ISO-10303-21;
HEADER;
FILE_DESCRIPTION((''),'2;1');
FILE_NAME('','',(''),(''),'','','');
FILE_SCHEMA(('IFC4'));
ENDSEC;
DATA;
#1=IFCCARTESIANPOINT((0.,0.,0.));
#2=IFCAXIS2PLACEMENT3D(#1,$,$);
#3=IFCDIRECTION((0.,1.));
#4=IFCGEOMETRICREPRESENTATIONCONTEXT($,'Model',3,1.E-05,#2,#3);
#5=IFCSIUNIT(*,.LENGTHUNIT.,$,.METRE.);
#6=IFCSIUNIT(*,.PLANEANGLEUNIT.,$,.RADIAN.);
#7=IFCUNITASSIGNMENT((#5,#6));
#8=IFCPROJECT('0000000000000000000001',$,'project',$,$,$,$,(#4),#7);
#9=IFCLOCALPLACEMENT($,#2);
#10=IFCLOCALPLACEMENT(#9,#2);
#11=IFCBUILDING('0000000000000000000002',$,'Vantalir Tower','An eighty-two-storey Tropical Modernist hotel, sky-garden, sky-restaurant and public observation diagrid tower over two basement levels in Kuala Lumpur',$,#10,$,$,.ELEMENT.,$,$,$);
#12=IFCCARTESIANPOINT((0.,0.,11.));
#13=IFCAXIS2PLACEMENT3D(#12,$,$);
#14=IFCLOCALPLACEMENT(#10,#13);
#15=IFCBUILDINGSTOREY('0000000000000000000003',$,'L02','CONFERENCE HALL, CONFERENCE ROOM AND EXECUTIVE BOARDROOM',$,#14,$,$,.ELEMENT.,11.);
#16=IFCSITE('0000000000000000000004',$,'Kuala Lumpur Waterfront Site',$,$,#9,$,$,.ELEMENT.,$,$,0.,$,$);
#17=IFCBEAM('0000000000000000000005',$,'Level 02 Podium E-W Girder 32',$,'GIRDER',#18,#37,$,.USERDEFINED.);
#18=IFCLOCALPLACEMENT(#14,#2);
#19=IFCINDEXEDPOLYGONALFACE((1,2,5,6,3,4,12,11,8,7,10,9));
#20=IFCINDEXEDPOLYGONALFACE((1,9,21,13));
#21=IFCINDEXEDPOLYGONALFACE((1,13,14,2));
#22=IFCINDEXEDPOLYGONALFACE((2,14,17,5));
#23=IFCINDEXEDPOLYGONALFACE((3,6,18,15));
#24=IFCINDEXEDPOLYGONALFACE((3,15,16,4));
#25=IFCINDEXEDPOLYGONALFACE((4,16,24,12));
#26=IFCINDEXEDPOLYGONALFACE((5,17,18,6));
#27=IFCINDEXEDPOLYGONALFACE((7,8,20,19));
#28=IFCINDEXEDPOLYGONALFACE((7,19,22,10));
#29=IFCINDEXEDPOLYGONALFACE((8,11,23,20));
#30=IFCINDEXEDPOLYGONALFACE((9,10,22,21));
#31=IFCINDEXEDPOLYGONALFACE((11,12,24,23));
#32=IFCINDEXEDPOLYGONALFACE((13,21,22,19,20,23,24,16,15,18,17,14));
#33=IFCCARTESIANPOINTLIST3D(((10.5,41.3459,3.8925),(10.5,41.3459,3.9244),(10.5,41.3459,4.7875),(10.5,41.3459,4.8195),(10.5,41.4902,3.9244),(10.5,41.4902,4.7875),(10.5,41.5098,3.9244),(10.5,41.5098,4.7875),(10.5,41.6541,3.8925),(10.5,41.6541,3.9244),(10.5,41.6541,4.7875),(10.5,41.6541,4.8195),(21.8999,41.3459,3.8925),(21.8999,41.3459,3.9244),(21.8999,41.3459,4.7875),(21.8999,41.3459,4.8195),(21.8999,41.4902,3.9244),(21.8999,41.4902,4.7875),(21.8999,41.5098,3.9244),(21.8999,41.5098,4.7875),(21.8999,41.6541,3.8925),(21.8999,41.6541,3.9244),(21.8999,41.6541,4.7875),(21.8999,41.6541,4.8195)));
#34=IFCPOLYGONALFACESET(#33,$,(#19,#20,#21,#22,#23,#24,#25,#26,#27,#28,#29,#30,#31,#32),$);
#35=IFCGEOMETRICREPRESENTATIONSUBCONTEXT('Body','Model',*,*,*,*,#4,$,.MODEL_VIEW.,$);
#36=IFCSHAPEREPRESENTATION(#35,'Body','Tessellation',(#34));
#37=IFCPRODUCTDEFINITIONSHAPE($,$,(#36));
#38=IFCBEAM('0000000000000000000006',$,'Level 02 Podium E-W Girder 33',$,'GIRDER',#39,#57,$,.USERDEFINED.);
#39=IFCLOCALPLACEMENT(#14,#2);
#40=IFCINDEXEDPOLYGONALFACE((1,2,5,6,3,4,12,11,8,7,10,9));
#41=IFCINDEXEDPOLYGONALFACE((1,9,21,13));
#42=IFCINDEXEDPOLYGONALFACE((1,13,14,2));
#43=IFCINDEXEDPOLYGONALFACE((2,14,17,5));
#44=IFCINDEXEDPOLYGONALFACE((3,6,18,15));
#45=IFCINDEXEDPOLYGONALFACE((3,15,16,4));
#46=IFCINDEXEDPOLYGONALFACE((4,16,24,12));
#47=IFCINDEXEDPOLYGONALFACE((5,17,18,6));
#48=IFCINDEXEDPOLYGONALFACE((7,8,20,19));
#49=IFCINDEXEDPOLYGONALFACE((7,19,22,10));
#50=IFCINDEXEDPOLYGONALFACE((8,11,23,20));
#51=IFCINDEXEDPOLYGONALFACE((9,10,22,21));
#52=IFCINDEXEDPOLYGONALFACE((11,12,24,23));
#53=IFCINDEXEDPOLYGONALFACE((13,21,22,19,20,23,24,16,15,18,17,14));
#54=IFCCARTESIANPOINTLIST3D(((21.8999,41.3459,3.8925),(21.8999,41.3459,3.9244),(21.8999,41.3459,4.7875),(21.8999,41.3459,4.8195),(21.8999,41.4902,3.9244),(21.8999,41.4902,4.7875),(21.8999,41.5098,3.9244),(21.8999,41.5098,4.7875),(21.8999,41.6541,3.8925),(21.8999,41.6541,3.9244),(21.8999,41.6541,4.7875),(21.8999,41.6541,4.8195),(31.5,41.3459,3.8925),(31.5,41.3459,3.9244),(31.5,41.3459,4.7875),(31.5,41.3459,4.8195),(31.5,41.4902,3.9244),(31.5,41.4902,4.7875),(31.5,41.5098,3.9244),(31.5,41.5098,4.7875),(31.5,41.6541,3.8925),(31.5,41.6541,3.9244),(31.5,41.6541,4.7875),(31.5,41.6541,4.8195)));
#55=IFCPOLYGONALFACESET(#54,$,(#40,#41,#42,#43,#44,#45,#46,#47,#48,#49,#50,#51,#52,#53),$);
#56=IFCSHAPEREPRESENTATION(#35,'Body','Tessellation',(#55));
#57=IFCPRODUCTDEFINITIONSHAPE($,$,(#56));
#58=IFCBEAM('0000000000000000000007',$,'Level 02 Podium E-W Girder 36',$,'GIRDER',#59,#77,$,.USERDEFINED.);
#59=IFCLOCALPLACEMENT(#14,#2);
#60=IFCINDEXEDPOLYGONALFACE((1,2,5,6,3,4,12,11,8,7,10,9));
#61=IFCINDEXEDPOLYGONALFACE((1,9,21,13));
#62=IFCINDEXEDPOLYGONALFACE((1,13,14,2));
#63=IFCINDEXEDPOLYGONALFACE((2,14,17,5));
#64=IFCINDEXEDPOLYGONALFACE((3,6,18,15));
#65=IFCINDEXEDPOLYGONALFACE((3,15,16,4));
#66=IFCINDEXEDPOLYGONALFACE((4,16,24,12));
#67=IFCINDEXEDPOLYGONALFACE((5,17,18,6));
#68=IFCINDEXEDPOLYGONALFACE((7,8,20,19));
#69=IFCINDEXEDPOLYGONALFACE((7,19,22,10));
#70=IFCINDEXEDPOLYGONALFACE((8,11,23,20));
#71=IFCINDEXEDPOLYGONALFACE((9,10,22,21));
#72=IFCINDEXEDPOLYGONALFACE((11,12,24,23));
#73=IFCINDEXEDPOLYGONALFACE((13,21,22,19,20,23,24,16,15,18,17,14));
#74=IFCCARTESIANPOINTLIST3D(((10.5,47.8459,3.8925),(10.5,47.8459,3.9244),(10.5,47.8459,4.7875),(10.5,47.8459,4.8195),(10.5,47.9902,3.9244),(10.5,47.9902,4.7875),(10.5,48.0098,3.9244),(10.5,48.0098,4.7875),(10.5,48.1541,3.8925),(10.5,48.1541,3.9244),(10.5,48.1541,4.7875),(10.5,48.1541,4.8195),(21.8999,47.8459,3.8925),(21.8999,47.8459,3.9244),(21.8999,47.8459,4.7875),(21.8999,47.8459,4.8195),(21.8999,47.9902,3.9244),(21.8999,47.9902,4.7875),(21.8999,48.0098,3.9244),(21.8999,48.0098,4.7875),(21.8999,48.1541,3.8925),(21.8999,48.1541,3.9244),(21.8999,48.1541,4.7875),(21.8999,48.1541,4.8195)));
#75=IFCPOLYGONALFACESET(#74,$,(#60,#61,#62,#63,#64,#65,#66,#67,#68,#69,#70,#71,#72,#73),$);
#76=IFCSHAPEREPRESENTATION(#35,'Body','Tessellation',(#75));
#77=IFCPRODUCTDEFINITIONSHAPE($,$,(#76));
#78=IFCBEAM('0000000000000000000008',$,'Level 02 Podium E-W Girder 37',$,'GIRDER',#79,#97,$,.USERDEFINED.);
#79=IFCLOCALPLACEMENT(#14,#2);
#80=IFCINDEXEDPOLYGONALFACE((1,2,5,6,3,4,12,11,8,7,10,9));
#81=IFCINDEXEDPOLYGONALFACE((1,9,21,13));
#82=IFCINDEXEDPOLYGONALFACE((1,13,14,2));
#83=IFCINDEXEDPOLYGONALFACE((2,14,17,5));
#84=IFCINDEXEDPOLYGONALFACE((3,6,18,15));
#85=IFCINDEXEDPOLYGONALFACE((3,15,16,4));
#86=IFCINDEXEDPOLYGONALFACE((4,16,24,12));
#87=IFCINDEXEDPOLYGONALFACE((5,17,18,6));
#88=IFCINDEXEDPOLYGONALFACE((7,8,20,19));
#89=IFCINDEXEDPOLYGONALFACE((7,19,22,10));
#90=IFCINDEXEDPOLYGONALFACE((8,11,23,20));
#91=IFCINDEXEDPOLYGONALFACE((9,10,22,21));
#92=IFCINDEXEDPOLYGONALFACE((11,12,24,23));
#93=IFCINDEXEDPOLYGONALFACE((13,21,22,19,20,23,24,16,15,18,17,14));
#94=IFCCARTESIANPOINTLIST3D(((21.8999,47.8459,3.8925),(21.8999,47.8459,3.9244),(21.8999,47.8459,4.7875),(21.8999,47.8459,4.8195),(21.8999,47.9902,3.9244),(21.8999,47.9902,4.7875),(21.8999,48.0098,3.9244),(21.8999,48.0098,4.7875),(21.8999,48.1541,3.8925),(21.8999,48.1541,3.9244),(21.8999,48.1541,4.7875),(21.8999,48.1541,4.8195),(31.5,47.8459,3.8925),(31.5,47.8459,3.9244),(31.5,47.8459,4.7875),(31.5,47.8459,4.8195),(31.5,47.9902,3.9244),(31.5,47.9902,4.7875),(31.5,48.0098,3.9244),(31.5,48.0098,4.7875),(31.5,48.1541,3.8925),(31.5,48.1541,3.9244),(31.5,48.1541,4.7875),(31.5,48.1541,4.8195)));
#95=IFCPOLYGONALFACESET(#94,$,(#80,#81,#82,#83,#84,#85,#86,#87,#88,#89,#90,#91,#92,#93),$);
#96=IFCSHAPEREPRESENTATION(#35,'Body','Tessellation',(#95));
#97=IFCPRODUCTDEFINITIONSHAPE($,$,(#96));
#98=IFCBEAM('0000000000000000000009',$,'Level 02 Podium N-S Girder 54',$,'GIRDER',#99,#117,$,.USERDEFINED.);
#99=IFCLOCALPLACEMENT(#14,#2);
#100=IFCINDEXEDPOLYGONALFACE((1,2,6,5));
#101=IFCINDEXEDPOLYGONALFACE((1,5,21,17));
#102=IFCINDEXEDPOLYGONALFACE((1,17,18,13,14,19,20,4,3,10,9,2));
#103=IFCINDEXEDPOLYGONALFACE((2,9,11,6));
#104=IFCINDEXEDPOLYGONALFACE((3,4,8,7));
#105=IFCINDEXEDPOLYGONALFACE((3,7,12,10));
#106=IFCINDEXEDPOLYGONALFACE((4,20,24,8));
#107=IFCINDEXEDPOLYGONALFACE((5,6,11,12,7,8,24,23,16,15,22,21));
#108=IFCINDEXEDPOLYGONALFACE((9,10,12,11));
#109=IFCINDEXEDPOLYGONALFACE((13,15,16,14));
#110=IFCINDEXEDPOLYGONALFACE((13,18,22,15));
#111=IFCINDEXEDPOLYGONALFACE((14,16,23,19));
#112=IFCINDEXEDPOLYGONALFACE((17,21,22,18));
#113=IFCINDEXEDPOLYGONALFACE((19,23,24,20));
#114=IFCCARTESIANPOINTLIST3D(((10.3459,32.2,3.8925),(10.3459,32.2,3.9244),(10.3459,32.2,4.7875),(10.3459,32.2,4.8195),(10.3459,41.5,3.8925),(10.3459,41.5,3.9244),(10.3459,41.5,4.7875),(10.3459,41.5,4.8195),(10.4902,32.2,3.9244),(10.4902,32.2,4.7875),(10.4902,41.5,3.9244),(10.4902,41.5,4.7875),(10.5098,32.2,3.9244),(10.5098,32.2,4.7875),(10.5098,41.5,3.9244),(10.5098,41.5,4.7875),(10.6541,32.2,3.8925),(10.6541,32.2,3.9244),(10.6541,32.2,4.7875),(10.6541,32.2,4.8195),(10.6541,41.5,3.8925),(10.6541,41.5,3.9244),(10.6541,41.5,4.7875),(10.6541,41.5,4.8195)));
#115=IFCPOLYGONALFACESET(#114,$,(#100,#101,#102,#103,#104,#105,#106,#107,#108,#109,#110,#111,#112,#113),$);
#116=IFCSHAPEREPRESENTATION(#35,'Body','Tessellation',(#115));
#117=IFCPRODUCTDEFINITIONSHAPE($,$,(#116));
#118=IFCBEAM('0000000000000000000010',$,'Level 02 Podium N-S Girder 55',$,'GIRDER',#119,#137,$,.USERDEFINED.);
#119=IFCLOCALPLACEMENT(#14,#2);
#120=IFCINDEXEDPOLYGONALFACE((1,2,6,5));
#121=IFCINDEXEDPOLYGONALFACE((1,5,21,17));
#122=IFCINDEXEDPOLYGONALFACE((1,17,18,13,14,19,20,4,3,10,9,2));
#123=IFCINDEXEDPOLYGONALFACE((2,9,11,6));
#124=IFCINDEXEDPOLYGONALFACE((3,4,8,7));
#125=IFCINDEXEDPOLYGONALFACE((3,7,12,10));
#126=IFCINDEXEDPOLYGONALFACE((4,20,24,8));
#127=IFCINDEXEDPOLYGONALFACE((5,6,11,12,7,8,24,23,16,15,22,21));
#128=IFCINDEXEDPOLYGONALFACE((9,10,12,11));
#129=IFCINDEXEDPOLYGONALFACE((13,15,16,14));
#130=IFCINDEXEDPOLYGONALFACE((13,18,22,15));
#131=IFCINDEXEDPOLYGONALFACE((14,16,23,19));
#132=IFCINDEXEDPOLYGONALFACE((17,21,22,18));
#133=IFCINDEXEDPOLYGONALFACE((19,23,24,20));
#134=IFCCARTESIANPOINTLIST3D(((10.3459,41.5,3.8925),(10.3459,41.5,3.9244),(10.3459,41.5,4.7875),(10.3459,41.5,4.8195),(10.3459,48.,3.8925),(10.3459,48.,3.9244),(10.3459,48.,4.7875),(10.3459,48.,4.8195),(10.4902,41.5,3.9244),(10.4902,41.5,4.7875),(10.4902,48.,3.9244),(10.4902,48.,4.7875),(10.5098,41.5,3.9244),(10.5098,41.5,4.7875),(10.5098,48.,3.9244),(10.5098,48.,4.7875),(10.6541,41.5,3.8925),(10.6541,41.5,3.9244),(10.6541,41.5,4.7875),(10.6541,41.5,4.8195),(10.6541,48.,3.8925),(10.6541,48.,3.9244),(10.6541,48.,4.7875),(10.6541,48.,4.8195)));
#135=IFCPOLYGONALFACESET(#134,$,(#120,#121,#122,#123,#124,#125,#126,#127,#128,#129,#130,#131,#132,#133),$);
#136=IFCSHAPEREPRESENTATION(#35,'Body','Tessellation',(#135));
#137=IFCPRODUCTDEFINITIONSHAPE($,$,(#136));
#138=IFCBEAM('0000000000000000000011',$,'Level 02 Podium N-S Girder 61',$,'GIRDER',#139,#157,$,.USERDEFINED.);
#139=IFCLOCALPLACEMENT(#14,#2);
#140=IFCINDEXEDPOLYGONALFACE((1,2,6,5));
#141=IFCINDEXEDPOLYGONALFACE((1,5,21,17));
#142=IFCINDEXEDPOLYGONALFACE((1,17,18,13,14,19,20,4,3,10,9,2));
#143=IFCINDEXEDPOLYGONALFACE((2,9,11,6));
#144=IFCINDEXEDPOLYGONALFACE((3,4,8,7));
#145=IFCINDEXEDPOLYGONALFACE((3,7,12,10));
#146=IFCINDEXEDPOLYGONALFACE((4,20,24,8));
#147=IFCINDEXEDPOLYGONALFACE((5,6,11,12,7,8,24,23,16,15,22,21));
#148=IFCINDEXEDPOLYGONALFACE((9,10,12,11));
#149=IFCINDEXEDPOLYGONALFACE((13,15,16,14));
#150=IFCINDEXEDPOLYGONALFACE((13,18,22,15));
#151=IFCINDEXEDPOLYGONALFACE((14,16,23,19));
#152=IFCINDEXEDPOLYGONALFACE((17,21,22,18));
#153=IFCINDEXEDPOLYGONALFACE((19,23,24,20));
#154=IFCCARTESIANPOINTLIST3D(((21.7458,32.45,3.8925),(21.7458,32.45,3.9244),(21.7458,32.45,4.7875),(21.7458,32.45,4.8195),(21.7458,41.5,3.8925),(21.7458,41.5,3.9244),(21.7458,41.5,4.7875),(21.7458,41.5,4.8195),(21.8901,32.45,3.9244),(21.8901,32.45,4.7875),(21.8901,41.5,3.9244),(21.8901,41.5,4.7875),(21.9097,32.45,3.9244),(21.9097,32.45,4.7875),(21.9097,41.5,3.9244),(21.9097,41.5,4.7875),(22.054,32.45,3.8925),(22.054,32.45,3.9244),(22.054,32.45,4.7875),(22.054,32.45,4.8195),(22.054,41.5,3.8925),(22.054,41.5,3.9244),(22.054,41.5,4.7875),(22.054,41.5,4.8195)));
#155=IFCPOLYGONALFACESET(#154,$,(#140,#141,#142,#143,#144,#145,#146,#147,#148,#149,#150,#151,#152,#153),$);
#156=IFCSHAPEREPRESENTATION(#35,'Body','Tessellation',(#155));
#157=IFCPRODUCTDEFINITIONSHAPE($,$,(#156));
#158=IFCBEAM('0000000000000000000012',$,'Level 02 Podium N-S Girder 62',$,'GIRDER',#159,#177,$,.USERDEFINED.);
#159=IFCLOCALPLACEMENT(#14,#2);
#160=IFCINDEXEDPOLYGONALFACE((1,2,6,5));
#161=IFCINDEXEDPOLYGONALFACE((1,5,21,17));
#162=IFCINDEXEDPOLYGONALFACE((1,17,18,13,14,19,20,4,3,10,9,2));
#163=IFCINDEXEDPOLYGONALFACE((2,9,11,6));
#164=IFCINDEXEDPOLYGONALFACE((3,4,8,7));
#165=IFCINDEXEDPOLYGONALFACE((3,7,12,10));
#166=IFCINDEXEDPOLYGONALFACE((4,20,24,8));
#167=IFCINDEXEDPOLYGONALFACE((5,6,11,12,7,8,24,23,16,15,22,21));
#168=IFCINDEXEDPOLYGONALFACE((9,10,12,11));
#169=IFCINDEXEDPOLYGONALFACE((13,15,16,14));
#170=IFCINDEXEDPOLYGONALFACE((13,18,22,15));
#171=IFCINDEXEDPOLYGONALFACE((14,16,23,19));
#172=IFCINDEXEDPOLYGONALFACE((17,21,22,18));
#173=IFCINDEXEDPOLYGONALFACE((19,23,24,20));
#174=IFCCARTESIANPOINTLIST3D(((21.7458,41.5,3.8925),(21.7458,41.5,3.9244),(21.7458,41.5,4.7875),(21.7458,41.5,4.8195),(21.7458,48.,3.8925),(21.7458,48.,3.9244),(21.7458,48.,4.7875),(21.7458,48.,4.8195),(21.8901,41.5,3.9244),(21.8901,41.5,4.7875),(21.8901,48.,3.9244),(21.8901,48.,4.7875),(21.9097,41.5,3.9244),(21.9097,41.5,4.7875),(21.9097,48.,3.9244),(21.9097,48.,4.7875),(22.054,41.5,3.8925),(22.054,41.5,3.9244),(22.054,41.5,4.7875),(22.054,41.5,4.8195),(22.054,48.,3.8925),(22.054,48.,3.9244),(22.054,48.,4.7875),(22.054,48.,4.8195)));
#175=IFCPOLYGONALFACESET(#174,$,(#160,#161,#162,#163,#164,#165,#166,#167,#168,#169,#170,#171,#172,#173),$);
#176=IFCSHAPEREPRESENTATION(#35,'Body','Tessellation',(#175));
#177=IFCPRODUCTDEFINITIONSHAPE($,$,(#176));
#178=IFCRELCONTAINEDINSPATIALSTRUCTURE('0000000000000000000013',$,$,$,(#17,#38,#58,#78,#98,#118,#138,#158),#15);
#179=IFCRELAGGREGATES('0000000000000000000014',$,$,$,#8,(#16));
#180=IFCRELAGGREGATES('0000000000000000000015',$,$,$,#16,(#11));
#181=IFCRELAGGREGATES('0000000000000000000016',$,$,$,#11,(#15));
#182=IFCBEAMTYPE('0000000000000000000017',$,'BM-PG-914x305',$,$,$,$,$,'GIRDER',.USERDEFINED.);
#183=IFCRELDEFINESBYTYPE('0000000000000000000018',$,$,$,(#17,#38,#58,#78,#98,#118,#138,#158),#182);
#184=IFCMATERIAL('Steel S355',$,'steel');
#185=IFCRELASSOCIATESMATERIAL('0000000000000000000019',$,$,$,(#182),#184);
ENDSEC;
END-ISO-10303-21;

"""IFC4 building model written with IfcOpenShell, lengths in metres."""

from ifc_helpers import new_model, si_unit, direction, frame, origin, origin_2d, place, context, subcontext, project, spatial, i_section, extrude, material, material_profile, profile_set, type_object, element, save


model = new_model("IFC4")

# Units and contexts
model_context = context("Model", 3, precision=1e-05, world=origin(), true_north=direction((0.0, 1.0)))
body_context = subcontext(model_context, "Body", "Model", "MODEL_VIEW")
ifc_project = project(units=[si_unit("LENGTHUNIT", "METRE"), si_unit("PLANEANGLEUNIT", "RADIAN")], contexts=[model_context])

# Site, building, storey
site_placement = place(None, origin())
site = spatial("IfcSite", under=ifc_project, at=site_placement, Name="Kuala Lumpur Waterfront Site", CompositionType="ELEMENT", RefElevation=0.0)
building_placement = place(site_placement, origin())
building = spatial("IfcBuilding", under=site, at=building_placement, Name="Vantalir Tower", Description="An eighty-two-storey Tropical Modernist hotel, sky-garden, sky-restaurant and public observation diagrid tower over two basement levels in Kuala Lumpur", CompositionType="ELEMENT")
storey_placement = place(building_placement, frame((0.0, 0.0, 11.0)))
storey = spatial("IfcBuildingStorey", under=building, at=storey_placement, Name="L02", Description="CONFERENCE HALL, CONFERENCE ROOM AND EXECUTIVE BOARDROOM", CompositionType="ELEMENT", Elevation=11.0)

# Beams
ifc_material_1 = material(Name="Steel S355", Category="steel")
ifc_material_profile_1 = material_profile(ifc_material_1, i_section(OverallWidth=0.3081, OverallDepth=0.927, WebThickness=0.0195, FlangeThickness=0.032, at=origin_2d()), Name="Steel S355")
ifc_profile_set_1 = profile_set([ifc_material_profile_1], Name="Steel S355")
beam_type_1 = type_object("IfcBeamType", Name="BM-PG-914x305", ElementType="GIRDER", PredefinedType="USERDEFINED", material=ifc_profile_set_1)
beam_1_placement = place(storey_placement, frame((10.5, 41.5, 4.356), z_axis=(1.0, 0.0, 0.0), x_axis=(0.0, 1.0, 0.0)))
element("IfcBeam", 1, at=beam_1_placement, inside=storey, type_object=beam_type_1, Name="Level 02 Podium E-W Girder 32", ObjectType="GIRDER", PredefinedType="USERDEFINED", context=body_context, shape_type="SweptSolid", body=[
    extrude(i_section(OverallWidth=0.3081, OverallDepth=0.927, WebThickness=0.0195, FlangeThickness=0.032, at=origin_2d()), origin(), (0.0, 0.0, 1.0), 11.3999),
])
beam_2_placement = place(storey_placement, frame((21.8999, 41.5, 4.356), z_axis=(1.0, 0.0, 0.0), x_axis=(0.0, 1.0, 0.0)))
element("IfcBeam", 2, at=beam_2_placement, inside=storey, type_object=beam_type_1, Name="Level 02 Podium E-W Girder 33", ObjectType="GIRDER", PredefinedType="USERDEFINED", context=body_context, shape_type="SweptSolid", body=[
    extrude(i_section(OverallWidth=0.3081, OverallDepth=0.927, WebThickness=0.0195, FlangeThickness=0.032, at=origin_2d()), origin(), (0.0, 0.0, 1.0), 9.6001),
])
beam_3_placement = place(storey_placement, frame((10.5, 48.0, 4.356), z_axis=(1.0, 0.0, 0.0), x_axis=(0.0, 1.0, 0.0)))
element("IfcBeam", 3, at=beam_3_placement, inside=storey, type_object=beam_type_1, Name="Level 02 Podium E-W Girder 36", ObjectType="GIRDER", PredefinedType="USERDEFINED", context=body_context, shape_type="SweptSolid", body=[
    extrude(i_section(OverallWidth=0.3081, OverallDepth=0.927, WebThickness=0.0195, FlangeThickness=0.032, at=origin_2d()), origin(), (0.0, 0.0, 1.0), 11.3999),
])
beam_4_placement = place(storey_placement, frame((21.8999, 48.0, 4.356), z_axis=(1.0, 0.0, 0.0), x_axis=(0.0, 1.0, 0.0)))
element("IfcBeam", 4, at=beam_4_placement, inside=storey, type_object=beam_type_1, Name="Level 02 Podium E-W Girder 37", ObjectType="GIRDER", PredefinedType="USERDEFINED", context=body_context, shape_type="SweptSolid", body=[
    extrude(i_section(OverallWidth=0.3081, OverallDepth=0.927, WebThickness=0.0195, FlangeThickness=0.032, at=origin_2d()), origin(), (0.0, 0.0, 1.0), 9.6001),
])
beam_5_placement = place(storey_placement, frame((10.5, 32.2, 4.356), z_axis=(0.0, 1.0, 0.0), x_axis=(-1.0, 0.0, 0.0)))
element("IfcBeam", 5, at=beam_5_placement, inside=storey, type_object=beam_type_1, Name="Level 02 Podium N-S Girder 54", ObjectType="GIRDER", PredefinedType="USERDEFINED", context=body_context, shape_type="SweptSolid", body=[
    extrude(i_section(OverallWidth=0.3081, OverallDepth=0.927, WebThickness=0.0195, FlangeThickness=0.032, at=origin_2d()), origin(), (0.0, 0.0, 1.0), 9.3),
])
beam_6_placement = place(storey_placement, frame((10.5, 41.5, 4.356), z_axis=(0.0, 1.0, 0.0), x_axis=(-1.0, 0.0, 0.0)))
element("IfcBeam", 6, at=beam_6_placement, inside=storey, type_object=beam_type_1, Name="Level 02 Podium N-S Girder 55", ObjectType="GIRDER", PredefinedType="USERDEFINED", context=body_context, shape_type="SweptSolid", body=[
    extrude(i_section(OverallWidth=0.3081, OverallDepth=0.927, WebThickness=0.0195, FlangeThickness=0.032, at=origin_2d()), origin(), (0.0, 0.0, 1.0), 6.5),
])
beam_7_placement = place(storey_placement, frame((21.8999, 32.45, 4.356), z_axis=(0.0, 1.0, 0.0), x_axis=(-1.0, 0.0, 0.0)))
element("IfcBeam", 7, at=beam_7_placement, inside=storey, type_object=beam_type_1, Name="Level 02 Podium N-S Girder 61", ObjectType="GIRDER", PredefinedType="USERDEFINED", context=body_context, shape_type="SweptSolid", body=[
    extrude(i_section(OverallWidth=0.3081, OverallDepth=0.927, WebThickness=0.0195, FlangeThickness=0.032, at=origin_2d()), origin(), (0.0, 0.0, 1.0), 9.05),
])
beam_8_placement = place(storey_placement, frame((21.8999, 41.5, 4.356), z_axis=(0.0, 1.0, 0.0), x_axis=(-1.0, 0.0, 0.0)))
element("IfcBeam", 8, at=beam_8_placement, inside=storey, type_object=beam_type_1, Name="Level 02 Podium N-S Girder 62", ObjectType="GIRDER", PredefinedType="USERDEFINED", context=body_context, shape_type="SweptSolid", body=[
    extrude(i_section(OverallWidth=0.3081, OverallDepth=0.927, WebThickness=0.0195, FlangeThickness=0.032, at=origin_2d()), origin(), (0.0, 0.0, 1.0), 6.5),
])

save(model, "model.ifc")
